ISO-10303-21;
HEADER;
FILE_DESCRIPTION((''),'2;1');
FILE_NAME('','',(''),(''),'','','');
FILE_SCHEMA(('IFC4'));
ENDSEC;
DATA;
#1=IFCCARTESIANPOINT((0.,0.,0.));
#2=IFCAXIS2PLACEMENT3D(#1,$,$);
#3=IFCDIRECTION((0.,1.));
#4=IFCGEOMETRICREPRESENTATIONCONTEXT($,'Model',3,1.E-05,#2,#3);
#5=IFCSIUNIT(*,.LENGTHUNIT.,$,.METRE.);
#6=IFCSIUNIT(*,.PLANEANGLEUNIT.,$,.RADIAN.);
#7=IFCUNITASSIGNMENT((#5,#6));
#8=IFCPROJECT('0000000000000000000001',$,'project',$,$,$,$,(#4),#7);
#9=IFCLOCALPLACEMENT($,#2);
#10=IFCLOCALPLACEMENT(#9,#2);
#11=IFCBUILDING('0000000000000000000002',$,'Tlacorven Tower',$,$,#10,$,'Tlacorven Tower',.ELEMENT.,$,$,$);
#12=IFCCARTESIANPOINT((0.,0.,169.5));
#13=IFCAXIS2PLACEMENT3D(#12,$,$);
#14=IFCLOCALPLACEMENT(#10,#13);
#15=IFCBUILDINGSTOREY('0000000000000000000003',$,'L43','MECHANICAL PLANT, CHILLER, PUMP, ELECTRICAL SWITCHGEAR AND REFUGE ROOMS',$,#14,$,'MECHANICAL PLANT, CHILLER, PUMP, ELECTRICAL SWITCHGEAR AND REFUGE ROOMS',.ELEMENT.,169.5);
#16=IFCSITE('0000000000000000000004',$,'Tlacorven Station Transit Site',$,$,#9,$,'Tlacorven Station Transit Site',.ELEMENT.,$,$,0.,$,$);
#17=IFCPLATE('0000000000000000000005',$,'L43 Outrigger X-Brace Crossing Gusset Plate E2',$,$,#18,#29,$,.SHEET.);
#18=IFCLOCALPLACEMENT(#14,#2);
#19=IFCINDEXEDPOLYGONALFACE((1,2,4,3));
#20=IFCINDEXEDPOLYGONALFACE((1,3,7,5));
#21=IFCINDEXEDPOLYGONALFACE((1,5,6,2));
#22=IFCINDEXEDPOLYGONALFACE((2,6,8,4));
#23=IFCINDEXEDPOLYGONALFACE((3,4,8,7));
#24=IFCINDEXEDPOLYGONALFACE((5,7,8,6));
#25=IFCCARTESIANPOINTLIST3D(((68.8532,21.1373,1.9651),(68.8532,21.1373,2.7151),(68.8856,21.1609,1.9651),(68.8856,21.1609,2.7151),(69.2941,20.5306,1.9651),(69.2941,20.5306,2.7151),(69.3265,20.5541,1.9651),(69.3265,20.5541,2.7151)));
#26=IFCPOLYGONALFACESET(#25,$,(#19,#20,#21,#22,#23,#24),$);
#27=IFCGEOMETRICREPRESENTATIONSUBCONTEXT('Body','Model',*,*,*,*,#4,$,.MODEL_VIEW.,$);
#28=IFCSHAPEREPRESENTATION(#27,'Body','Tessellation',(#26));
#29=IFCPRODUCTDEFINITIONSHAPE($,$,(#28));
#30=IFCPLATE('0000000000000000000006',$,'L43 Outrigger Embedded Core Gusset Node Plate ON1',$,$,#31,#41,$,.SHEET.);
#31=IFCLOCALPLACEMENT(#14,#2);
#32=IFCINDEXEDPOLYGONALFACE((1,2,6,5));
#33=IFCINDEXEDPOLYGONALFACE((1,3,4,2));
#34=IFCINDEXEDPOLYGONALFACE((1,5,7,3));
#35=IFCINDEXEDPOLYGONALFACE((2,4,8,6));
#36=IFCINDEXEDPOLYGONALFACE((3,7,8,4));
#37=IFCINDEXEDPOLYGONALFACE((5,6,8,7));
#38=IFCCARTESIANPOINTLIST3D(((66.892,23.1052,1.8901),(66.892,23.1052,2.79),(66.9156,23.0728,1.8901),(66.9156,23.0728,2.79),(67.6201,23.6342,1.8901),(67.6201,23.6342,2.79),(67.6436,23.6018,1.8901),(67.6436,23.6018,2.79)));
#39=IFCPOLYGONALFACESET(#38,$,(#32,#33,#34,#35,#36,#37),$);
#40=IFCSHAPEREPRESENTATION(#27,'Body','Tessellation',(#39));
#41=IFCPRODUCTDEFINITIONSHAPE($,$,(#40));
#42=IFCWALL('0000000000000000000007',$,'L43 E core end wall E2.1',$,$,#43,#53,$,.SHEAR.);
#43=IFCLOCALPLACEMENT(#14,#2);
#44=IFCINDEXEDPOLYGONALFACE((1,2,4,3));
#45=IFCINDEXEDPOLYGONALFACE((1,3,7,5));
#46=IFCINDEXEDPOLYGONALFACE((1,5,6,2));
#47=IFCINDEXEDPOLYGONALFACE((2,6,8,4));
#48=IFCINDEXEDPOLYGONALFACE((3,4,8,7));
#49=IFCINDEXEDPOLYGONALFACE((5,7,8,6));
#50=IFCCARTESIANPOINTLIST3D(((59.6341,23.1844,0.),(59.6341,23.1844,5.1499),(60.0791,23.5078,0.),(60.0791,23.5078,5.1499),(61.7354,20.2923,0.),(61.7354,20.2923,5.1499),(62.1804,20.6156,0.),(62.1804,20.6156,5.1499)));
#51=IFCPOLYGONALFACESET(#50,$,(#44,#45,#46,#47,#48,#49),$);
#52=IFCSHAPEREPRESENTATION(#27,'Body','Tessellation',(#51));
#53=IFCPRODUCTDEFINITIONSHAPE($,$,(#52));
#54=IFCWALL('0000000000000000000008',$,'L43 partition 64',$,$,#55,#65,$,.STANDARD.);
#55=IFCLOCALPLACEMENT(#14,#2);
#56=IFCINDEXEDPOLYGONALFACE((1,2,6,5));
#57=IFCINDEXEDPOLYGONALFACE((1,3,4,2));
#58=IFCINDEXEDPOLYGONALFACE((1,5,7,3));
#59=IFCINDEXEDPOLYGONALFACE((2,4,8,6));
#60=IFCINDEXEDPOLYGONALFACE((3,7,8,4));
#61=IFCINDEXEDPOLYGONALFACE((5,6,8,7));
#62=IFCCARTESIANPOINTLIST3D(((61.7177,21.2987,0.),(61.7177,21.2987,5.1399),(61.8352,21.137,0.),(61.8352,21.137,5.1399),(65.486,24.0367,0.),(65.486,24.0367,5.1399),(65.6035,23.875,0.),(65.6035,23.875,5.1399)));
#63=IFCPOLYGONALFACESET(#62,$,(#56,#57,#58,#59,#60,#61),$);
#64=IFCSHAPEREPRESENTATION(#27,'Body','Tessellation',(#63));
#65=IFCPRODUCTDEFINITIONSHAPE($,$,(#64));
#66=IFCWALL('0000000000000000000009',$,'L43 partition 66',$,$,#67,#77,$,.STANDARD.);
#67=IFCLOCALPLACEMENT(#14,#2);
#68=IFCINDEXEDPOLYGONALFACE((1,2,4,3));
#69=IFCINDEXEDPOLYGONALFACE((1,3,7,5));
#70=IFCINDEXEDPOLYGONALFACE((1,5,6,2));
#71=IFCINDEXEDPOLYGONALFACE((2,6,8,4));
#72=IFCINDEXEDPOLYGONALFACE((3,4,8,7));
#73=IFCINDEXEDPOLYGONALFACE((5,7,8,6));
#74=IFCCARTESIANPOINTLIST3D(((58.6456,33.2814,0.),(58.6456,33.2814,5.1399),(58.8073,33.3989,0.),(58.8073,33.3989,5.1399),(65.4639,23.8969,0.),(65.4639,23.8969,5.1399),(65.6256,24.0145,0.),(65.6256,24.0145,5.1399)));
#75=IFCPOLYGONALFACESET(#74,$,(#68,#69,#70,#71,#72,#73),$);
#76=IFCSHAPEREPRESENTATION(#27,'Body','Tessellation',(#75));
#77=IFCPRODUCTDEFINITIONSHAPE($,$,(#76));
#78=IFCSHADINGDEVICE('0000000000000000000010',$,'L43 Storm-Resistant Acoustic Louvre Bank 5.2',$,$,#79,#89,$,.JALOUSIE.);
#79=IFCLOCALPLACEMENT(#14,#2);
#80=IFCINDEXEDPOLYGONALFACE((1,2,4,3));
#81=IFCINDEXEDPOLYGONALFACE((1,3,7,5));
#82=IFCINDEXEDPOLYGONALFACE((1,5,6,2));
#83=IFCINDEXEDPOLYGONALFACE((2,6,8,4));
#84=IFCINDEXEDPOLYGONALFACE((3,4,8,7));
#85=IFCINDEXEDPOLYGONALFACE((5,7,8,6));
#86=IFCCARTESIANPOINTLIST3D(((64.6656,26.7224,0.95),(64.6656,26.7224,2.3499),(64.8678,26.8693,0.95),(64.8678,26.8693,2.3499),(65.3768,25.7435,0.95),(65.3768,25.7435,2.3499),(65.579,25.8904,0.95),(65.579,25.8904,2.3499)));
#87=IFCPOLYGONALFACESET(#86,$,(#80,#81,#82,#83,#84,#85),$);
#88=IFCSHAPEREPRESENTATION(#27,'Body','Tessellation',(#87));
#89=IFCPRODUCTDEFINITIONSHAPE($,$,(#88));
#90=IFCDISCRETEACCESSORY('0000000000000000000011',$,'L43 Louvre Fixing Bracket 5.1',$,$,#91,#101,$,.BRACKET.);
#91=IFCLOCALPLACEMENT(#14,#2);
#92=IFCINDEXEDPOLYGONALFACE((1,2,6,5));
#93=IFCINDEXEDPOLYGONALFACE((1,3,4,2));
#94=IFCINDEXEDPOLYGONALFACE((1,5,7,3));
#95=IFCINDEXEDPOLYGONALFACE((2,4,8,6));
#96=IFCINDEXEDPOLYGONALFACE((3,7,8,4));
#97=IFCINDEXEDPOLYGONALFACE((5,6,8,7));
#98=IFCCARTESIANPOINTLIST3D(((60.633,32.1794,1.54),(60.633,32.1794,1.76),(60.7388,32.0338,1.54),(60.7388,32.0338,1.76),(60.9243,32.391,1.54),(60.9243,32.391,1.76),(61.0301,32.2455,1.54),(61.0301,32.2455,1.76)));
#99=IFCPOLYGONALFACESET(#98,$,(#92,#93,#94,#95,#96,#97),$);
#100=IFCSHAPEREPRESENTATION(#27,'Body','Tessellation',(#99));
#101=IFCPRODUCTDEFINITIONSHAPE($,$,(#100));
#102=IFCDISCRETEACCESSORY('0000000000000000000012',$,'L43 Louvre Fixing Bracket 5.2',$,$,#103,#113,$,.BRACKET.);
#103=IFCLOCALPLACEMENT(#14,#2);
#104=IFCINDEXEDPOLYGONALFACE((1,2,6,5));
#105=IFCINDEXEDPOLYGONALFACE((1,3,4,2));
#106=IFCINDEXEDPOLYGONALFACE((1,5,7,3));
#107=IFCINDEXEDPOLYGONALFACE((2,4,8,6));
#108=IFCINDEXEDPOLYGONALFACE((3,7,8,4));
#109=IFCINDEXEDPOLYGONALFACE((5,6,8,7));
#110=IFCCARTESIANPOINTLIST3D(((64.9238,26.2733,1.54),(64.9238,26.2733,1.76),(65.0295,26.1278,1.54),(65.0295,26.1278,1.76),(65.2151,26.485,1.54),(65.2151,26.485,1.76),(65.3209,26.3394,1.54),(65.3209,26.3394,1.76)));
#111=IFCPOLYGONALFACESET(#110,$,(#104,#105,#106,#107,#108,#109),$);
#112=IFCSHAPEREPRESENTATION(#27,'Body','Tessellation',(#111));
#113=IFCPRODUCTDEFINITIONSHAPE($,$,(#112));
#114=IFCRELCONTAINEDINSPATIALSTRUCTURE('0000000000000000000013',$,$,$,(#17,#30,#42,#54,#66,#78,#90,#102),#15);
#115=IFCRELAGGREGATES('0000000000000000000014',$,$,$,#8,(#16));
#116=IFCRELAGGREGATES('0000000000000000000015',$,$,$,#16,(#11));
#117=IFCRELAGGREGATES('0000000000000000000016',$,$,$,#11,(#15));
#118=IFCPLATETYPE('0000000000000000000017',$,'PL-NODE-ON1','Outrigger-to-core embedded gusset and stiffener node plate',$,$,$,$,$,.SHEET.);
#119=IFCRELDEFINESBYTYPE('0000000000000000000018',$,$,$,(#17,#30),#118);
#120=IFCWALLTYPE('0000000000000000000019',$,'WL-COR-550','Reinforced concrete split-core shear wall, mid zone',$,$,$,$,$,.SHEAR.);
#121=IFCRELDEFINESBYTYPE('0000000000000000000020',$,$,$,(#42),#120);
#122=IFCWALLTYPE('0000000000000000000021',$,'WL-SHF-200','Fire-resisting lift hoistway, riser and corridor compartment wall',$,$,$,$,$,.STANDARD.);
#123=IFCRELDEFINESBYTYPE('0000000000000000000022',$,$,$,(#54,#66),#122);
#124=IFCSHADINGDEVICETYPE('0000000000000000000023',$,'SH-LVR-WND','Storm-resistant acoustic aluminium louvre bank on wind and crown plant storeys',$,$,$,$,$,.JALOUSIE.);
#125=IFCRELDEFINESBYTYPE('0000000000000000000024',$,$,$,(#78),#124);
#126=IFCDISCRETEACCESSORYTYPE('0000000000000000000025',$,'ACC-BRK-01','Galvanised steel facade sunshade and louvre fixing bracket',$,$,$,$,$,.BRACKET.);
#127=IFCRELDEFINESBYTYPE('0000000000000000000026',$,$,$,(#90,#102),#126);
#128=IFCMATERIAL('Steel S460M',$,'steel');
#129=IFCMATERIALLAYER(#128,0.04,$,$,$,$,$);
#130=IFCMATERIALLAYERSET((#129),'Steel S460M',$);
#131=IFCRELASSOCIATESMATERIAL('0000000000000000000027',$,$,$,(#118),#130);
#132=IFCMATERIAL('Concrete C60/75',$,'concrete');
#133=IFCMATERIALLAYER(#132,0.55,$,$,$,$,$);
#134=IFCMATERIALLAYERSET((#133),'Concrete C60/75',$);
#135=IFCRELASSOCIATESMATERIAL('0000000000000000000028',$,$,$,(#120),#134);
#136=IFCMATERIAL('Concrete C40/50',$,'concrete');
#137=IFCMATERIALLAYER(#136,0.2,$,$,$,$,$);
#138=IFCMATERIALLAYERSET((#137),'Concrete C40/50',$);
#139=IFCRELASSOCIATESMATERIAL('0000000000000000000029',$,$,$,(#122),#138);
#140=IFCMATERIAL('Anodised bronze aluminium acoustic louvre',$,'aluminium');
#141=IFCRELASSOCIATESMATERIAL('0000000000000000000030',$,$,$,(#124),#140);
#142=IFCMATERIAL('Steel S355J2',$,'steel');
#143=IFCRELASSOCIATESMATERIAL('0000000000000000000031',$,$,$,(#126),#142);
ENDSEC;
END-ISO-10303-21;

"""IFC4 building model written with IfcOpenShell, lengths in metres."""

from ifc_helpers import new_model, si_unit, direction, frame, frame_2d, origin, origin_2d, place, context, subcontext, project, spatial, rectangle, extrude, source, transform, mapped, material, layer, layer_set, type_object, element, save


model = new_model("IFC4")

# Units and contexts
model_context = context("Model", 3, precision=1e-05, world=origin(), true_north=direction((0.0, 1.0)))
body_context = subcontext(model_context, "Body", "Model", "MODEL_VIEW")
ifc_project = project(units=[si_unit("LENGTHUNIT", "METRE"), si_unit("PLANEANGLEUNIT", "RADIAN")], contexts=[model_context])

# Site, building, storey
site_placement = place(None, origin())
site = spatial("IfcSite", under=ifc_project, at=site_placement, Name="Tlacorven Station Transit Site", LongName="Tlacorven Station Transit Site", CompositionType="ELEMENT", RefElevation=0.0)
building_placement = place(site_placement, origin())
building = spatial("IfcBuilding", under=site, at=building_placement, Name="Tlacorven Tower", LongName="Tlacorven Tower", CompositionType="ELEMENT")
storey_placement = place(building_placement, frame((0.0, 0.0, 169.5)))
storey = spatial("IfcBuildingStorey", under=building, at=storey_placement, Name="L43", Description="MECHANICAL PLANT, CHILLER, PUMP, ELECTRICAL SWITCHGEAR AND REFUGE ROOMS", LongName="MECHANICAL PLANT, CHILLER, PUMP, ELECTRICAL SWITCHGEAR AND REFUGE ROOMS", CompositionType="ELEMENT", Elevation=169.5)

# Shared definitions
ifc_material_1 = material(Name="Steel S460M", Category="steel")

# Shared definitions
ifc_material_2 = material(Name="Steel S355J2", Category="steel")

# Plates
ifc_layer_1 = layer(ifc_material_1, 0.04)
ifc_layer_set_1 = layer_set([ifc_layer_1], Name="Steel S460M")
plate_type_1 = type_object("IfcPlateType", Name="PL-NODE-ON1", Description="Outrigger-to-core embedded gusset and stiffener node plate", PredefinedType="SHEET", material=ifc_layer_set_1)
shared_shape_1 = source(origin(), body_context, "Body", "SweptSolid", [
    extrude(rectangle(XDim=0.75, YDim=0.04, at=origin_2d()), origin(), (0.0, 0.0, 1.0), 0.75),
])
plate_1_placement = place(storey_placement, frame((69.0898, 20.8457, 1.9651), z_axis=(0.0, 0.0, 1.0), x_axis=(-0.587785, 0.809017, 0.0)))
element("IfcPlate", 1, at=plate_1_placement, inside=storey, type_object=plate_type_1, Name="L43 Outrigger X-Brace Crossing Gusset Plate E2", PredefinedType="SHEET", context=body_context, shape_type="MappedRepresentation", body=[
    mapped(shared_shape_1, transform((0.0, 0.0, 0.0), scale=1.0)),
])
shared_shape_2 = source(origin(), body_context, "Body", "SweptSolid", [
    extrude(rectangle(XDim=0.8999, YDim=0.04, at=origin_2d()), origin(), (0.0, 0.0, 1.0), 0.8999),
])
plate_2_placement = place(storey_placement, frame((67.2678, 23.3535, 1.8901), z_axis=(0.0, 0.0, 1.0), x_axis=(0.809017, 0.587785, 0.0)))
element("IfcPlate", 2, at=plate_2_placement, inside=storey, type_object=plate_type_1, Name="L43 Outrigger Embedded Core Gusset Node Plate ON1", PredefinedType="SHEET", context=body_context, shape_type="MappedRepresentation", body=[
    mapped(shared_shape_2, transform((0.0, 0.0, 0.0), scale=1.0)),
])

# Walls
ifc_material_3 = material(Name="Concrete C60/75", Category="concrete")
ifc_layer_2 = layer(ifc_material_3, 0.55)
ifc_layer_set_2 = layer_set([ifc_layer_2], Name="Concrete C60/75")
wall_type_1 = type_object("IfcWallType", Name="WL-COR-550", Description="Reinforced concrete split-core shear wall, mid zone", PredefinedType="SHEAR", material=ifc_layer_set_2)
wall_1_placement = place(storey_placement, frame((61.958, 20.4539, 0.0), z_axis=(0.0, 0.0, 1.0), x_axis=(-0.587802, 0.809005, 0.0)))
element("IfcWall", 3, at=wall_1_placement, inside=storey, type_object=wall_type_1, Name="L43 E core end wall E2.1", PredefinedType="SHEAR", context=body_context, shape_type="SweptSolid", body=[
    extrude(rectangle(XDim=3.575, YDim=0.55, at=frame_2d((1.7876, 0.0))), origin(), (0.0, 0.0, 1.0), 5.1499),
])
ifc_material_4 = material(Name="Concrete C40/50", Category="concrete")
ifc_layer_3 = layer(ifc_material_4, 0.2)
ifc_layer_set_3 = layer_set([ifc_layer_3], Name="Concrete C40/50")
wall_type_2 = type_object("IfcWallType", Name="WL-SHF-200", Description="Fire-resisting lift hoistway, riser and corridor compartment wall", PredefinedType="STANDARD", material=ifc_layer_set_3)
wall_2_placement = place(storey_placement, frame((61.7764, 21.2178, 0.0), z_axis=(0.0, 0.0, 1.0), x_axis=(0.808997, 0.587813, 0.0)))
element("IfcWall", 4, at=wall_2_placement, inside=storey, type_object=wall_type_2, Name="L43 partition 64", PredefinedType="STANDARD", context=body_context, shape_type="SweptSolid", body=[
    extrude(rectangle(XDim=4.658, YDim=0.2, at=frame_2d((2.3291, 0.0))), origin(), (0.0, 0.0, 1.0), 5.1399),
])
wall_3_placement = place(storey_placement, frame((65.5447, 23.9558, 0.0), z_axis=(0.0, 0.0, 1.0), x_axis=(-0.587791, 0.809013, 0.0)))
element("IfcWall", 5, at=wall_3_placement, inside=storey, type_object=wall_type_2, Name="L43 partition 66", PredefinedType="STANDARD", context=body_context, shape_type="SweptSolid", body=[
    extrude(rectangle(XDim=11.5999, YDim=0.2, at=frame_2d((5.7998, 0.0))), origin(), (0.0, 0.0, 1.0), 5.1399),
])

# Shading device
ifc_material_5 = material(Name="Anodised bronze aluminium acoustic louvre", Category="aluminium")
shading_device_type = type_object("IfcShadingDeviceType", Name="SH-LVR-WND", Description="Storm-resistant acoustic aluminium louvre bank on wind and crown plant storeys", PredefinedType="JALOUSIE", material=ifc_material_5)
shared_shape_3 = source(origin(), body_context, "Body", "SweptSolid", [
    extrude(rectangle(XDim=1.21, YDim=0.25, at=origin_2d()), origin(), (0.0, 0.0, 1.0), 1.3999),
])
shading_device_placement = place(storey_placement, frame((65.1223, 26.3064, 0.95), z_axis=(0.0, 0.0, 1.0), x_axis=(0.587785, -0.809017, 0.0)))
element("IfcShadingDevice", 6, at=shading_device_placement, inside=storey, type_object=shading_device_type, Name="L43 Storm-Resistant Acoustic Louvre Bank 5.2", PredefinedType="JALOUSIE", context=body_context, shape_type="MappedRepresentation", body=[
    mapped(shared_shape_3, transform((0.0, 0.0, 0.0), scale=1.0)),
])

# Discrete accessories
discrete_accessory_type = type_object("IfcDiscreteAccessoryType", Name="ACC-BRK-01", Description="Galvanised steel facade sunshade and louvre fixing bracket", PredefinedType="BRACKET", material=ifc_material_2)
shared_shape_4 = source(origin(), body_context, "Body", "SweptSolid", [
    extrude(rectangle(XDim=0.1799, YDim=0.3601, at=origin_2d()), origin(), (0.0, 0.0, 1.0), 0.22),
])
for number, where, z_axis, x_axis, name in (
    (7, (60.8315, 32.2124, 1.54), (0.0, 0.0, 1.0), (0.587785, -0.809017, 0.0), "L43 Louvre Fixing Bracket 5.1"),
    (8, (65.1223, 26.3064, 1.54), (0.0, 0.0, 1.0), (0.587785, -0.809017, 0.0), "L43 Louvre Fixing Bracket 5.2"),
):
    element("IfcDiscreteAccessory", number, at=place(storey_placement, frame(where, z_axis=z_axis, x_axis=x_axis)), inside=storey, type_object=discrete_accessory_type, Name=name, PredefinedType="BRACKET", context=body_context, shape_type="MappedRepresentation", body=[
        mapped(shared_shape_4, transform((0.0, 0.0, 0.0), scale=1.0)),
    ])

save(model, "model.ifc")
